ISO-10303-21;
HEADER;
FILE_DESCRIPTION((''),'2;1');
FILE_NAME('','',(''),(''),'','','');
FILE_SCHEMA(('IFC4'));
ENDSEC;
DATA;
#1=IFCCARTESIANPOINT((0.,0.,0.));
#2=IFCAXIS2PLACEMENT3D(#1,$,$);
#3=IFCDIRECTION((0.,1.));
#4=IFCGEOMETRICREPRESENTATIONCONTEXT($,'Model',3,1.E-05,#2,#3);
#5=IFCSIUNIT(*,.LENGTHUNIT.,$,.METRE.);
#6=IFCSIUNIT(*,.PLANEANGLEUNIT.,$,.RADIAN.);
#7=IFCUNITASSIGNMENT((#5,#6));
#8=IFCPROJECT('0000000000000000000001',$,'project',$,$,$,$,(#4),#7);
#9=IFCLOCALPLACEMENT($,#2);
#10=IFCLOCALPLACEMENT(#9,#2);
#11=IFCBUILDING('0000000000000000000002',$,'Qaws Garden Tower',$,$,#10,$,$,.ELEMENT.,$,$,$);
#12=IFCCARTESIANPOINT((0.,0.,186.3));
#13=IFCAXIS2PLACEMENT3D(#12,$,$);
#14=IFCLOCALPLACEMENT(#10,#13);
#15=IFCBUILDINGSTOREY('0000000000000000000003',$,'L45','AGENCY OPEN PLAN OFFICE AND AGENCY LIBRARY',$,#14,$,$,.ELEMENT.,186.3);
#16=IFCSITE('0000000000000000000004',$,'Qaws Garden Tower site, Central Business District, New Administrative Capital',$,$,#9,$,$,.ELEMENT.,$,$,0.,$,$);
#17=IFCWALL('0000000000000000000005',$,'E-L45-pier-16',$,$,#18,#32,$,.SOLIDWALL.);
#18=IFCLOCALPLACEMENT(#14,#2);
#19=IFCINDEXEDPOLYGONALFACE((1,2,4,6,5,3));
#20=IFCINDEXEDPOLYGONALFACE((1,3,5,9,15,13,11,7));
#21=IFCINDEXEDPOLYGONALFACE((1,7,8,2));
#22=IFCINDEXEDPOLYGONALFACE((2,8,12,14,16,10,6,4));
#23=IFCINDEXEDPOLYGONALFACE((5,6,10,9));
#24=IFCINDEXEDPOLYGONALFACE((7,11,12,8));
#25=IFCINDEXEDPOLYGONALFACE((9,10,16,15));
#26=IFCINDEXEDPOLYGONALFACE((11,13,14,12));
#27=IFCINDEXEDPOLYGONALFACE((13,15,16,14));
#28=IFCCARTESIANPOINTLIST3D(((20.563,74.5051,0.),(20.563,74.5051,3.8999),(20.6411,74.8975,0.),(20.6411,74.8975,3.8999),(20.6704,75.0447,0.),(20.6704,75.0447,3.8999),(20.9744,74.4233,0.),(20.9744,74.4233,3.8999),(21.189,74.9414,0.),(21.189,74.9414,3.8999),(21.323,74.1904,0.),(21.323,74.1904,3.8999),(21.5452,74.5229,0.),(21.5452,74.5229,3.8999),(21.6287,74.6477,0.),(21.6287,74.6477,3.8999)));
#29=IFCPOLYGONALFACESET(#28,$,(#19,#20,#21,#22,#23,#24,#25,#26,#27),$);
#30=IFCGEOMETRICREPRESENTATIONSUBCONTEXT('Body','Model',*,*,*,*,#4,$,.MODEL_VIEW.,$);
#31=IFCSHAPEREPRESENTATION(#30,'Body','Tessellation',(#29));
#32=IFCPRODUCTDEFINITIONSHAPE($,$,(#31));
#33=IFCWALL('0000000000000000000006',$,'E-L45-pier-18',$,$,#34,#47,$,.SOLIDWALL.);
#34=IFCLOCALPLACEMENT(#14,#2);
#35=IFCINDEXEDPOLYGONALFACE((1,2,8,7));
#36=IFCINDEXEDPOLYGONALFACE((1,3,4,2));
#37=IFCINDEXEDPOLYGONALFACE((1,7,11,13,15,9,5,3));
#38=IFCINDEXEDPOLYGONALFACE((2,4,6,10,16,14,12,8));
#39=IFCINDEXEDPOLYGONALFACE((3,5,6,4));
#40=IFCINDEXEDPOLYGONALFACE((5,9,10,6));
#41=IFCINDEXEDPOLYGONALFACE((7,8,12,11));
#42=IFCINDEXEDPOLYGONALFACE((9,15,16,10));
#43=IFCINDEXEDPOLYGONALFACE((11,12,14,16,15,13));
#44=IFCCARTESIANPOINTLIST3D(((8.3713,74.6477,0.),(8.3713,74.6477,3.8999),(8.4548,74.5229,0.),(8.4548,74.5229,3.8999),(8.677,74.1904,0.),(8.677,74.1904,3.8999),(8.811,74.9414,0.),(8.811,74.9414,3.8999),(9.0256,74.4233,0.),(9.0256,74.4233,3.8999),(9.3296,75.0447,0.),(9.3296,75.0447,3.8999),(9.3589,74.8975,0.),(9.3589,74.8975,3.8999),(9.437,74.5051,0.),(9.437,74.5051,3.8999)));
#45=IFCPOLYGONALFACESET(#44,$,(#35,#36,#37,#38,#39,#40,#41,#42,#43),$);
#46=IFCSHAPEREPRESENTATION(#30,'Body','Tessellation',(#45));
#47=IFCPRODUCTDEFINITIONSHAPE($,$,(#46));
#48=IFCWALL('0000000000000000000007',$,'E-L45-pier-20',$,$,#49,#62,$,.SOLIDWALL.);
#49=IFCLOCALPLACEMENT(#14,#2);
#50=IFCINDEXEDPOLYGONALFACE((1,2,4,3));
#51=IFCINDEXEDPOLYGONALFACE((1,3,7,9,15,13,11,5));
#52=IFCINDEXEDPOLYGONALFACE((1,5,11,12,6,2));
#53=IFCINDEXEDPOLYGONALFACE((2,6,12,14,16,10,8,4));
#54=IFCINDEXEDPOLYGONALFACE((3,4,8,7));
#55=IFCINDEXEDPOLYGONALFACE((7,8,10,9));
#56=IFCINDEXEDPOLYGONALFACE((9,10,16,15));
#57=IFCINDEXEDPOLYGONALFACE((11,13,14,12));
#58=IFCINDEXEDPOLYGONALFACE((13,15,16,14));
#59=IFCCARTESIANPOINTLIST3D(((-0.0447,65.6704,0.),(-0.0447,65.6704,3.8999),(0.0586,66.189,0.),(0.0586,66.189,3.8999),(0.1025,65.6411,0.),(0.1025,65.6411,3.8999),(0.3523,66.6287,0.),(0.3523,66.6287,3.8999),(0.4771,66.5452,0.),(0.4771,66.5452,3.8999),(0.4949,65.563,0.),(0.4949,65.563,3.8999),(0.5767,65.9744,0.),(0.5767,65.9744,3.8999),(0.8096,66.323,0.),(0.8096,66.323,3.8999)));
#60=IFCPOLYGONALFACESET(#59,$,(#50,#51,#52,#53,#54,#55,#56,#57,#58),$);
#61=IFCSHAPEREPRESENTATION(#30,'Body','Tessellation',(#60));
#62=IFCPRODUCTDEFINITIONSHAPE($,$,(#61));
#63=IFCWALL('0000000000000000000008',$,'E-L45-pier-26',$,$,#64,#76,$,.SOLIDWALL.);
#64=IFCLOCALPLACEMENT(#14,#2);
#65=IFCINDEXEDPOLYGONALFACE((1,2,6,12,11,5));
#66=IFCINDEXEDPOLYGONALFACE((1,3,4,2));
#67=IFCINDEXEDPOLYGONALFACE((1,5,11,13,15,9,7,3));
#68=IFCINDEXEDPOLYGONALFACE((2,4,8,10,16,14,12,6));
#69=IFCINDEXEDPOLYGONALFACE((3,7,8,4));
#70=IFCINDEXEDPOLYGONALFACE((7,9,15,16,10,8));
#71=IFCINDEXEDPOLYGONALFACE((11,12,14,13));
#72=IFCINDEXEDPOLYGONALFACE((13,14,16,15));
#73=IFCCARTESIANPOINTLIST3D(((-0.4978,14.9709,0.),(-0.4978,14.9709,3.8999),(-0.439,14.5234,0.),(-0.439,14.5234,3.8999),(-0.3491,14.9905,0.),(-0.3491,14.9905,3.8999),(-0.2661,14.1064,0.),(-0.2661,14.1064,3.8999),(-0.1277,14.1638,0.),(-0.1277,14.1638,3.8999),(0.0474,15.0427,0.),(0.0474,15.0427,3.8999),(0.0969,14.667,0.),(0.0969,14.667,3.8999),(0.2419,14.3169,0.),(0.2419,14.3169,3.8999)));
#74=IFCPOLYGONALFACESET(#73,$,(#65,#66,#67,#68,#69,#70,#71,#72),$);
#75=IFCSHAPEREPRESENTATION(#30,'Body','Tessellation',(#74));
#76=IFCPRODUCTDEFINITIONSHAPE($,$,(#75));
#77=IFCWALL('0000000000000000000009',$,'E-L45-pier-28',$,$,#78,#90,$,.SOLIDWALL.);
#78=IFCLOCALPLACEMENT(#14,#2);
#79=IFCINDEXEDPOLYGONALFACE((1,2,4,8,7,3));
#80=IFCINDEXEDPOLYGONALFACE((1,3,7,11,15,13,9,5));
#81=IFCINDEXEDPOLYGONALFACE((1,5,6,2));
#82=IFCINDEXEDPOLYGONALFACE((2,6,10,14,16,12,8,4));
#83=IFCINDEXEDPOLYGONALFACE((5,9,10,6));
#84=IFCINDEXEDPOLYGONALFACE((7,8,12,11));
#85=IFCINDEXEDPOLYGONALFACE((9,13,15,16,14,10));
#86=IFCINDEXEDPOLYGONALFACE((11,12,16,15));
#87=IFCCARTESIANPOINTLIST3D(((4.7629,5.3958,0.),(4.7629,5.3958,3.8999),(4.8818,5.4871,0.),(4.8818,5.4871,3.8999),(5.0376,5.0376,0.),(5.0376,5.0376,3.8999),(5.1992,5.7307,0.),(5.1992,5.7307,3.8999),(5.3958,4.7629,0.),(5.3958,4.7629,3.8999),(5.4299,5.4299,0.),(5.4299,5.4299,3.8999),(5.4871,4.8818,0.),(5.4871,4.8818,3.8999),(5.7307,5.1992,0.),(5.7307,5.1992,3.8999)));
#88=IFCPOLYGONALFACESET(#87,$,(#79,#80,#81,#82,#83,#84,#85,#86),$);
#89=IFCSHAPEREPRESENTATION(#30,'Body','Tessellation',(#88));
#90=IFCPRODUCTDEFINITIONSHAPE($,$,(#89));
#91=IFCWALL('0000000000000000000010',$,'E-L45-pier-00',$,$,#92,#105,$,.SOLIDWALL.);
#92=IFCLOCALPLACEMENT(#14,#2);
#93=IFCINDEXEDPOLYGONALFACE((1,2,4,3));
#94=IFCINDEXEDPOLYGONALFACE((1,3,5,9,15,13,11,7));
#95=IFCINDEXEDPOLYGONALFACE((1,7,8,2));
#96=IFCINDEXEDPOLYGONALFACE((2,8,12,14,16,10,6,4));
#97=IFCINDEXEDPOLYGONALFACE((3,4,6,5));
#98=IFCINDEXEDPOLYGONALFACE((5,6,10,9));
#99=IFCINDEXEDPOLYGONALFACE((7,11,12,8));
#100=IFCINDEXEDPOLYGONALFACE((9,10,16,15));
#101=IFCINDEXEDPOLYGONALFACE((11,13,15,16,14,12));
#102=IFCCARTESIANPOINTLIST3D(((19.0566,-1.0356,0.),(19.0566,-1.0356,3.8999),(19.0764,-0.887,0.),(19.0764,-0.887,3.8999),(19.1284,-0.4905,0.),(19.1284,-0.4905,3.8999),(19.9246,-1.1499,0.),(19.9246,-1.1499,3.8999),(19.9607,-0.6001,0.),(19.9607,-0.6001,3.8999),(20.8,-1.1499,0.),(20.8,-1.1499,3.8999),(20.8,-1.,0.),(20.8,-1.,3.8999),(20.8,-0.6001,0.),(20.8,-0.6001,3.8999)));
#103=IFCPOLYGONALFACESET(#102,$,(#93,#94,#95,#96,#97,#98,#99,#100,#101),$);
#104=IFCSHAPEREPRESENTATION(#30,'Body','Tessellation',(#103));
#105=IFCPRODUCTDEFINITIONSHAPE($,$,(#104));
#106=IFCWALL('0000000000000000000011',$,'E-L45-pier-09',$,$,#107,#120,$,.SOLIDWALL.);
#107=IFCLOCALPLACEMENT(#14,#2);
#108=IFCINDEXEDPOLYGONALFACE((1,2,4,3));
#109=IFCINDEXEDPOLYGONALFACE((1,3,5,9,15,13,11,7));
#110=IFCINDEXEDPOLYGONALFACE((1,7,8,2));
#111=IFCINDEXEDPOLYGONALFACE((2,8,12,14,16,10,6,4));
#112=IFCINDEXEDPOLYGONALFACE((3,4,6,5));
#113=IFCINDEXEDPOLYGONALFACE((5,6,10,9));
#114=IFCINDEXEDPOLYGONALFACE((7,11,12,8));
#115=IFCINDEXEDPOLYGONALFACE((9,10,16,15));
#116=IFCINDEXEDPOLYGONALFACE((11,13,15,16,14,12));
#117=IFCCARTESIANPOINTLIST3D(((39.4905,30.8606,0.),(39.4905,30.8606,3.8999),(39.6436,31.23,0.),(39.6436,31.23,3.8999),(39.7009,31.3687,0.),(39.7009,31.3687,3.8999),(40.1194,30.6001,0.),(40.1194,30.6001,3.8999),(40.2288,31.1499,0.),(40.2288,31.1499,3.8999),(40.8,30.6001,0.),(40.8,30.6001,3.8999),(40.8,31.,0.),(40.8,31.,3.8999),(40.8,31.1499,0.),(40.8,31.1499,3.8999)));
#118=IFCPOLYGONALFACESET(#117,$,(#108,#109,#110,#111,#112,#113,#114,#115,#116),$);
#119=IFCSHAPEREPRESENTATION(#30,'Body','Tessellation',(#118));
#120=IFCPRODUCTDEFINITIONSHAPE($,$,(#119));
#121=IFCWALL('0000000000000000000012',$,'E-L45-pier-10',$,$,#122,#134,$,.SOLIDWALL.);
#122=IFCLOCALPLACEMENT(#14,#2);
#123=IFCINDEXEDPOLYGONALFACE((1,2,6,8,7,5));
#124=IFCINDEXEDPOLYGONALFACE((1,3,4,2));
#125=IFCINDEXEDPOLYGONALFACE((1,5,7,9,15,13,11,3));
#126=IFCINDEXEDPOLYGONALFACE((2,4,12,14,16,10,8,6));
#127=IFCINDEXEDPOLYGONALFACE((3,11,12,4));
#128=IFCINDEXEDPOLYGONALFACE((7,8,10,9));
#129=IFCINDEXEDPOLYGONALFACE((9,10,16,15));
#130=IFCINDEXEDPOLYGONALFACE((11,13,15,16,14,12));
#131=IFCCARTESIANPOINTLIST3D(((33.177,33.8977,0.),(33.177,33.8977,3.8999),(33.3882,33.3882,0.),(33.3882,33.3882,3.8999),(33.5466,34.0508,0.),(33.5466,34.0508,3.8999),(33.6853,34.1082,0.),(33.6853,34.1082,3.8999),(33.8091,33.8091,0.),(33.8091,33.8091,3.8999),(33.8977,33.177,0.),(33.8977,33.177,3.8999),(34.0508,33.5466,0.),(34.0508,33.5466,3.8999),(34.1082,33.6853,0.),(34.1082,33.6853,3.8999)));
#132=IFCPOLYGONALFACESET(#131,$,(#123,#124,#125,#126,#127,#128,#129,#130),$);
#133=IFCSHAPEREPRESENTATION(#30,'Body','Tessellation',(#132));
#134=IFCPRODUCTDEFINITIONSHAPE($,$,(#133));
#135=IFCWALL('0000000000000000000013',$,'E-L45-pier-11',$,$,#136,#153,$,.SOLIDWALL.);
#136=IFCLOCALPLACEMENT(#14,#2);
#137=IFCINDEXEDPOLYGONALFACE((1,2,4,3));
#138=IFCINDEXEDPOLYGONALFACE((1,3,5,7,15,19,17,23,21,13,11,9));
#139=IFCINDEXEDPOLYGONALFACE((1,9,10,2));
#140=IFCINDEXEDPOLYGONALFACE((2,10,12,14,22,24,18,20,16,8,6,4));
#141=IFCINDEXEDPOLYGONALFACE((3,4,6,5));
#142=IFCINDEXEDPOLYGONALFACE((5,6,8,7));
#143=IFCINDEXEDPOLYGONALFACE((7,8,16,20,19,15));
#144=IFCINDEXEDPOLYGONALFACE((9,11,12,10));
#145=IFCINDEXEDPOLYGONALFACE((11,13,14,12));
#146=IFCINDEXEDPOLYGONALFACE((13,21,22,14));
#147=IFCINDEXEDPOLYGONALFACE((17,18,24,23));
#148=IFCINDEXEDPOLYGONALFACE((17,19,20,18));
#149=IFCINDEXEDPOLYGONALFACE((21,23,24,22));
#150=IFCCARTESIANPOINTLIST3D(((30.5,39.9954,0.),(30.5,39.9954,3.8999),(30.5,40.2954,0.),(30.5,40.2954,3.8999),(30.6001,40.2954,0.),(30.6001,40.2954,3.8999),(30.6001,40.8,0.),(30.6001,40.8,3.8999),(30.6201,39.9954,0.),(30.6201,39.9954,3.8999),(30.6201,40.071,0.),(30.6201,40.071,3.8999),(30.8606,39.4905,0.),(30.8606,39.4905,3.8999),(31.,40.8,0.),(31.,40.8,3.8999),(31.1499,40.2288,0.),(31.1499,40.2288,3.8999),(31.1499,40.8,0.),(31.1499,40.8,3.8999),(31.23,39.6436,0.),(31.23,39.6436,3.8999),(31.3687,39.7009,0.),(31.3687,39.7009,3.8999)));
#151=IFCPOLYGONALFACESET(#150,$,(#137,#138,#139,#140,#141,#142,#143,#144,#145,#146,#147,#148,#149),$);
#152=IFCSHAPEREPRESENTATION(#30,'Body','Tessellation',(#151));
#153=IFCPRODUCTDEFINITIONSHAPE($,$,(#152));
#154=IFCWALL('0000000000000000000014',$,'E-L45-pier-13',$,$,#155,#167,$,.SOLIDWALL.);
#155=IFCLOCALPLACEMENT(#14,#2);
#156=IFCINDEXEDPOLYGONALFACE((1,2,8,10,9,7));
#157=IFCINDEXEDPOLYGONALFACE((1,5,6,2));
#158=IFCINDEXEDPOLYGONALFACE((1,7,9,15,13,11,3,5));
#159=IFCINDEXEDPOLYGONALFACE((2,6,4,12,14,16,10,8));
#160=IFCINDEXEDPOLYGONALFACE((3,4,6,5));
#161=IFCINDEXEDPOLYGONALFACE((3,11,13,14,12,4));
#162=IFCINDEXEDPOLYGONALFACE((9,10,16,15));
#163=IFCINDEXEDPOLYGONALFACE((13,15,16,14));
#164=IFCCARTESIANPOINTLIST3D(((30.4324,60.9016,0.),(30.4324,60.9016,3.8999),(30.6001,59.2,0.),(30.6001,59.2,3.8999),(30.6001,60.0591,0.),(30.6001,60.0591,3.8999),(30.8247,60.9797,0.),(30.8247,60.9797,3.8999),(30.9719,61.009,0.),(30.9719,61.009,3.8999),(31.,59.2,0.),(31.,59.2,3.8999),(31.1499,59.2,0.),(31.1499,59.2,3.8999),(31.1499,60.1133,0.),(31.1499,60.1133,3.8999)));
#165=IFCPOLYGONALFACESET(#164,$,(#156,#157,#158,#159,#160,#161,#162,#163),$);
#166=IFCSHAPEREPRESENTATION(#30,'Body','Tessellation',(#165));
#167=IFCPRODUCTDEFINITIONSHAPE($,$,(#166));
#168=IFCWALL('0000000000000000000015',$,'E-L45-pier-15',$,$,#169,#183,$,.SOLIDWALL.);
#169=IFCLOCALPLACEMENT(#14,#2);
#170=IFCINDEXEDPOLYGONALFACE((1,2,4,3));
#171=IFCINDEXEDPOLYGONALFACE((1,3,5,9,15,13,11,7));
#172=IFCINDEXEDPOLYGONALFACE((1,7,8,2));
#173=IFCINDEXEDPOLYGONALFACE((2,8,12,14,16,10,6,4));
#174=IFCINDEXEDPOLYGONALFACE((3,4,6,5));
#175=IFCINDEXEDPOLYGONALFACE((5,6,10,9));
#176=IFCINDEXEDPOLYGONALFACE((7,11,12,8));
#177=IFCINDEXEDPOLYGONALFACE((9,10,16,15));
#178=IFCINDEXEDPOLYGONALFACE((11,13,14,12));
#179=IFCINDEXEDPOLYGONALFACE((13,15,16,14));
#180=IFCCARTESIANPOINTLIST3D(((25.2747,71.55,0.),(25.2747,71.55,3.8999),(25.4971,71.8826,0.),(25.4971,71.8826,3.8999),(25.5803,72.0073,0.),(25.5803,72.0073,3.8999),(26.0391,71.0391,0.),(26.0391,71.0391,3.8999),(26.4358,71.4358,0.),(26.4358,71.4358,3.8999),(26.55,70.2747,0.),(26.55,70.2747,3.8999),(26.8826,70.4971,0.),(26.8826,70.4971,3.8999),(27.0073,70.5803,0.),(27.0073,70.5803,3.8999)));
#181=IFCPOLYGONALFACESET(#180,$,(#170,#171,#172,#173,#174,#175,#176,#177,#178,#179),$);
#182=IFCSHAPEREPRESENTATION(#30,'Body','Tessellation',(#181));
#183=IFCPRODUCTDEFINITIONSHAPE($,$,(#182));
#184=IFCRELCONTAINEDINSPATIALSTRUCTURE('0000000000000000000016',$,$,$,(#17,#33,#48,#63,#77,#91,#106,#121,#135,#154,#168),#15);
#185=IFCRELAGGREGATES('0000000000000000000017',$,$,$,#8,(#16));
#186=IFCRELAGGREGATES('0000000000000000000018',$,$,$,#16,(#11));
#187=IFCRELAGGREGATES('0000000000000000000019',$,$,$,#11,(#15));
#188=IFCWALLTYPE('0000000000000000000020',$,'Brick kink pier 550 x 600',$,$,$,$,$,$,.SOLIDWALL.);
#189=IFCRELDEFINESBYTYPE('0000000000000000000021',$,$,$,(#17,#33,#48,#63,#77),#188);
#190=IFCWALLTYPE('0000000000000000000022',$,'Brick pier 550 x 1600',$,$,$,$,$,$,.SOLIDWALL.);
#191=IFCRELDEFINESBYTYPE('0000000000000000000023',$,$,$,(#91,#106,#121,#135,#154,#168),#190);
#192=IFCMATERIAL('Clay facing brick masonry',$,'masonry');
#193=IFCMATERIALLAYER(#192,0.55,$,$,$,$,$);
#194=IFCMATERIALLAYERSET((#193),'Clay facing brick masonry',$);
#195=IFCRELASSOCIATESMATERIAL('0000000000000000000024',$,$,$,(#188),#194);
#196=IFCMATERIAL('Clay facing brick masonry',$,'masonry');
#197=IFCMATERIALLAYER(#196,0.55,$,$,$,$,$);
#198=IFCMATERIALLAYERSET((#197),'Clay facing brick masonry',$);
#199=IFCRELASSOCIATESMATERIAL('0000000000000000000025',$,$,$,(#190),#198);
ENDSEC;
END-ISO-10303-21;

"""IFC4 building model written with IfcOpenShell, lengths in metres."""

from ifc_helpers import new_model, si_unit, direction, frame, origin, place, context, subcontext, project, spatial, polyline, outline, extrude, material, layer, layer_set, type_object, element, save


model = new_model("IFC4")

# Units and contexts
model_context = context("Model", 3, precision=1e-05, world=origin(), true_north=direction((0.0, 1.0)))
body_context = subcontext(model_context, "Body", "Model", "MODEL_VIEW")
ifc_project = project(units=[si_unit("LENGTHUNIT", "METRE"), si_unit("PLANEANGLEUNIT", "RADIAN")], contexts=[model_context])

# Site, building, storey
site_placement = place(None, origin())
site = spatial("IfcSite", under=ifc_project, at=site_placement, Name="Qaws Garden Tower site, Central Business District, New Administrative Capital", CompositionType="ELEMENT", RefElevation=0.0)
building_placement = place(site_placement, origin())
building = spatial("IfcBuilding", under=site, at=building_placement, Name="Qaws Garden Tower", CompositionType="ELEMENT")
storey_placement = place(building_placement, frame((0.0, 0.0, 186.3)))
storey = spatial("IfcBuildingStorey", under=building, at=storey_placement, Name="L45", Description="AGENCY OPEN PLAN OFFICE AND AGENCY LIBRARY", CompositionType="ELEMENT", Elevation=186.3)

# Walls
placement = place(storey_placement, origin())
ifc_material_1 = material(Name="Clay facing brick masonry", Category="masonry")
ifc_layer_1 = layer(ifc_material_1, 0.55)
ifc_layer_set_1 = layer_set([ifc_layer_1], Name="Clay facing brick masonry")
wall_type_1 = type_object("IfcWallType", Name="Brick kink pier 550 x 600", PredefinedType="SOLIDWALL", material=ifc_layer_set_1)
element("IfcWall", 1, at=placement, inside=storey, type_object=wall_type_1, Name="E-L45-pier-16", PredefinedType="SOLIDWALL", context=body_context, shape_type="SweptSolid", body=[
    extrude(outline(polyline([(21.5452, 74.5229), (21.6287, 74.6477), (21.189, 74.9414), (20.6704, 75.0447), (20.6411, 74.8975), (20.563, 74.5051), (20.9744, 74.4233), (21.323, 74.1904), (21.5452, 74.5229)])), origin(), (0.0, 0.0, 1.0), 3.8999),
])
element("IfcWall", 2, at=placement, inside=storey, type_object=wall_type_1, Name="E-L45-pier-18", PredefinedType="SOLIDWALL", context=body_context, shape_type="SweptSolid", body=[
    extrude(outline(polyline([(9.3589, 74.8975), (9.3296, 75.0447), (8.811, 74.9414), (8.3713, 74.6477), (8.4548, 74.5229), (8.677, 74.1904), (9.0256, 74.4233), (9.437, 74.5051), (9.3589, 74.8975)])), origin(), (0.0, 0.0, 1.0), 3.8999),
])
element("IfcWall", 3, at=placement, inside=storey, type_object=wall_type_1, Name="E-L45-pier-20", PredefinedType="SOLIDWALL", context=body_context, shape_type="SweptSolid", body=[
    extrude(outline(polyline([(0.4771, 66.5452), (0.3523, 66.6287), (0.0586, 66.189), (-0.0447, 65.6704), (0.1025, 65.6411), (0.4949, 65.563), (0.5767, 65.9744), (0.8096, 66.323), (0.4771, 66.5452)])), origin(), (0.0, 0.0, 1.0), 3.8999),
])
element("IfcWall", 4, at=placement, inside=storey, type_object=wall_type_1, Name="E-L45-pier-26", PredefinedType="SOLIDWALL", context=body_context, shape_type="SweptSolid", body=[
    extrude(outline(polyline([(-0.3491, 14.9905), (-0.4978, 14.9709), (-0.439, 14.5234), (-0.2661, 14.1064), (-0.1277, 14.1638), (0.2419, 14.3169), (0.0969, 14.667), (0.0474, 15.0427), (-0.3491, 14.9905)])), origin(), (0.0, 0.0, 1.0), 3.8999),
])
element("IfcWall", 5, at=placement, inside=storey, type_object=wall_type_1, Name="E-L45-pier-28", PredefinedType="SOLIDWALL", context=body_context, shape_type="SweptSolid", body=[
    extrude(outline(polyline([(4.8818, 5.4871), (4.7629, 5.3958), (5.0376, 5.0376), (5.3958, 4.7629), (5.4871, 4.8818), (5.7307, 5.1992), (5.4299, 5.4299), (5.1992, 5.7307), (4.8818, 5.4871)])), origin(), (0.0, 0.0, 1.0), 3.8999),
])
ifc_material_2 = material(Name="Clay facing brick masonry", Category="masonry")
ifc_layer_2 = layer(ifc_material_2, 0.55)
ifc_layer_set_2 = layer_set([ifc_layer_2], Name="Clay facing brick masonry")
wall_type_2 = type_object("IfcWallType", Name="Brick pier 550 x 1600", PredefinedType="SOLIDWALL", material=ifc_layer_set_2)
element("IfcWall", 6, at=placement, inside=storey, type_object=wall_type_2, Name="E-L45-pier-00", PredefinedType="SOLIDWALL", context=body_context, shape_type="SweptSolid", body=[
    extrude(outline(polyline([(19.0764, -0.887), (19.0566, -1.0356), (19.9246, -1.1499), (20.8, -1.1499), (20.8, -1.0), (20.8, -0.6001), (19.9607, -0.6001), (19.1284, -0.4905), (19.0764, -0.887)])), origin(), (0.0, 0.0, 1.0), 3.8999),
])
element("IfcWall", 7, at=placement, inside=storey, type_object=wall_type_2, Name="E-L45-pier-09", PredefinedType="SOLIDWALL", context=body_context, shape_type="SweptSolid", body=[
    extrude(outline(polyline([(40.8, 31.0), (40.8, 31.1499), (40.2288, 31.1499), (39.7009, 31.3687), (39.6436, 31.23), (39.4905, 30.8606), (40.1194, 30.6001), (40.8, 30.6001), (40.8, 31.0)])), origin(), (0.0, 0.0, 1.0), 3.8999),
])
element("IfcWall", 8, at=placement, inside=storey, type_object=wall_type_2, Name="E-L45-pier-10", PredefinedType="SOLIDWALL", context=body_context, shape_type="SweptSolid", body=[
    extrude(outline(polyline([(34.0508, 33.5466), (34.1082, 33.6853), (33.8091, 33.8091), (33.6853, 34.1082), (33.5466, 34.0508), (33.177, 33.8977), (33.3882, 33.3882), (33.8977, 33.177), (34.0508, 33.5466)])), origin(), (0.0, 0.0, 1.0), 3.8999),
])
element("IfcWall", 9, at=placement, inside=storey, type_object=wall_type_2, Name="E-L45-pier-11", PredefinedType="SOLIDWALL", context=body_context, shape_type="SweptSolid", body=[
    extrude(outline(polyline([(30.6201, 39.9954), (30.6201, 40.071), (30.8606, 39.4905), (31.23, 39.6436), (31.3687, 39.7009), (31.1499, 40.2288), (31.1499, 40.8), (31.0, 40.8), (30.6001, 40.8), (30.6001, 40.2954), (30.5, 40.2954), (30.5, 39.9954), (30.6201, 39.9954)])), origin(), (0.0, 0.0, 1.0), 3.8999),
])
element("IfcWall", 10, at=placement, inside=storey, type_object=wall_type_2, Name="E-L45-pier-13", PredefinedType="SOLIDWALL", context=body_context, shape_type="SweptSolid", body=[
    extrude(outline(polyline([(31.0, 59.2), (31.1499, 59.2), (31.1499, 60.1133), (30.9719, 61.009), (30.8247, 60.9797), (30.4324, 60.9016), (30.6001, 60.0591), (30.6001, 59.2), (31.0, 59.2)])), origin(), (0.0, 0.0, 1.0), 3.8999),
])
element("IfcWall", 11, at=placement, inside=storey, type_object=wall_type_2, Name="E-L45-pier-15", PredefinedType="SOLIDWALL", context=body_context, shape_type="SweptSolid", body=[
    extrude(outline(polyline([(26.8826, 70.4971), (27.0073, 70.5803), (26.4358, 71.4358), (25.5803, 72.0073), (25.4971, 71.8826), (25.2747, 71.55), (26.0391, 71.0391), (26.55, 70.2747), (26.8826, 70.4971)])), origin(), (0.0, 0.0, 1.0), 3.8999),
])

save(model, "model.ifc")
